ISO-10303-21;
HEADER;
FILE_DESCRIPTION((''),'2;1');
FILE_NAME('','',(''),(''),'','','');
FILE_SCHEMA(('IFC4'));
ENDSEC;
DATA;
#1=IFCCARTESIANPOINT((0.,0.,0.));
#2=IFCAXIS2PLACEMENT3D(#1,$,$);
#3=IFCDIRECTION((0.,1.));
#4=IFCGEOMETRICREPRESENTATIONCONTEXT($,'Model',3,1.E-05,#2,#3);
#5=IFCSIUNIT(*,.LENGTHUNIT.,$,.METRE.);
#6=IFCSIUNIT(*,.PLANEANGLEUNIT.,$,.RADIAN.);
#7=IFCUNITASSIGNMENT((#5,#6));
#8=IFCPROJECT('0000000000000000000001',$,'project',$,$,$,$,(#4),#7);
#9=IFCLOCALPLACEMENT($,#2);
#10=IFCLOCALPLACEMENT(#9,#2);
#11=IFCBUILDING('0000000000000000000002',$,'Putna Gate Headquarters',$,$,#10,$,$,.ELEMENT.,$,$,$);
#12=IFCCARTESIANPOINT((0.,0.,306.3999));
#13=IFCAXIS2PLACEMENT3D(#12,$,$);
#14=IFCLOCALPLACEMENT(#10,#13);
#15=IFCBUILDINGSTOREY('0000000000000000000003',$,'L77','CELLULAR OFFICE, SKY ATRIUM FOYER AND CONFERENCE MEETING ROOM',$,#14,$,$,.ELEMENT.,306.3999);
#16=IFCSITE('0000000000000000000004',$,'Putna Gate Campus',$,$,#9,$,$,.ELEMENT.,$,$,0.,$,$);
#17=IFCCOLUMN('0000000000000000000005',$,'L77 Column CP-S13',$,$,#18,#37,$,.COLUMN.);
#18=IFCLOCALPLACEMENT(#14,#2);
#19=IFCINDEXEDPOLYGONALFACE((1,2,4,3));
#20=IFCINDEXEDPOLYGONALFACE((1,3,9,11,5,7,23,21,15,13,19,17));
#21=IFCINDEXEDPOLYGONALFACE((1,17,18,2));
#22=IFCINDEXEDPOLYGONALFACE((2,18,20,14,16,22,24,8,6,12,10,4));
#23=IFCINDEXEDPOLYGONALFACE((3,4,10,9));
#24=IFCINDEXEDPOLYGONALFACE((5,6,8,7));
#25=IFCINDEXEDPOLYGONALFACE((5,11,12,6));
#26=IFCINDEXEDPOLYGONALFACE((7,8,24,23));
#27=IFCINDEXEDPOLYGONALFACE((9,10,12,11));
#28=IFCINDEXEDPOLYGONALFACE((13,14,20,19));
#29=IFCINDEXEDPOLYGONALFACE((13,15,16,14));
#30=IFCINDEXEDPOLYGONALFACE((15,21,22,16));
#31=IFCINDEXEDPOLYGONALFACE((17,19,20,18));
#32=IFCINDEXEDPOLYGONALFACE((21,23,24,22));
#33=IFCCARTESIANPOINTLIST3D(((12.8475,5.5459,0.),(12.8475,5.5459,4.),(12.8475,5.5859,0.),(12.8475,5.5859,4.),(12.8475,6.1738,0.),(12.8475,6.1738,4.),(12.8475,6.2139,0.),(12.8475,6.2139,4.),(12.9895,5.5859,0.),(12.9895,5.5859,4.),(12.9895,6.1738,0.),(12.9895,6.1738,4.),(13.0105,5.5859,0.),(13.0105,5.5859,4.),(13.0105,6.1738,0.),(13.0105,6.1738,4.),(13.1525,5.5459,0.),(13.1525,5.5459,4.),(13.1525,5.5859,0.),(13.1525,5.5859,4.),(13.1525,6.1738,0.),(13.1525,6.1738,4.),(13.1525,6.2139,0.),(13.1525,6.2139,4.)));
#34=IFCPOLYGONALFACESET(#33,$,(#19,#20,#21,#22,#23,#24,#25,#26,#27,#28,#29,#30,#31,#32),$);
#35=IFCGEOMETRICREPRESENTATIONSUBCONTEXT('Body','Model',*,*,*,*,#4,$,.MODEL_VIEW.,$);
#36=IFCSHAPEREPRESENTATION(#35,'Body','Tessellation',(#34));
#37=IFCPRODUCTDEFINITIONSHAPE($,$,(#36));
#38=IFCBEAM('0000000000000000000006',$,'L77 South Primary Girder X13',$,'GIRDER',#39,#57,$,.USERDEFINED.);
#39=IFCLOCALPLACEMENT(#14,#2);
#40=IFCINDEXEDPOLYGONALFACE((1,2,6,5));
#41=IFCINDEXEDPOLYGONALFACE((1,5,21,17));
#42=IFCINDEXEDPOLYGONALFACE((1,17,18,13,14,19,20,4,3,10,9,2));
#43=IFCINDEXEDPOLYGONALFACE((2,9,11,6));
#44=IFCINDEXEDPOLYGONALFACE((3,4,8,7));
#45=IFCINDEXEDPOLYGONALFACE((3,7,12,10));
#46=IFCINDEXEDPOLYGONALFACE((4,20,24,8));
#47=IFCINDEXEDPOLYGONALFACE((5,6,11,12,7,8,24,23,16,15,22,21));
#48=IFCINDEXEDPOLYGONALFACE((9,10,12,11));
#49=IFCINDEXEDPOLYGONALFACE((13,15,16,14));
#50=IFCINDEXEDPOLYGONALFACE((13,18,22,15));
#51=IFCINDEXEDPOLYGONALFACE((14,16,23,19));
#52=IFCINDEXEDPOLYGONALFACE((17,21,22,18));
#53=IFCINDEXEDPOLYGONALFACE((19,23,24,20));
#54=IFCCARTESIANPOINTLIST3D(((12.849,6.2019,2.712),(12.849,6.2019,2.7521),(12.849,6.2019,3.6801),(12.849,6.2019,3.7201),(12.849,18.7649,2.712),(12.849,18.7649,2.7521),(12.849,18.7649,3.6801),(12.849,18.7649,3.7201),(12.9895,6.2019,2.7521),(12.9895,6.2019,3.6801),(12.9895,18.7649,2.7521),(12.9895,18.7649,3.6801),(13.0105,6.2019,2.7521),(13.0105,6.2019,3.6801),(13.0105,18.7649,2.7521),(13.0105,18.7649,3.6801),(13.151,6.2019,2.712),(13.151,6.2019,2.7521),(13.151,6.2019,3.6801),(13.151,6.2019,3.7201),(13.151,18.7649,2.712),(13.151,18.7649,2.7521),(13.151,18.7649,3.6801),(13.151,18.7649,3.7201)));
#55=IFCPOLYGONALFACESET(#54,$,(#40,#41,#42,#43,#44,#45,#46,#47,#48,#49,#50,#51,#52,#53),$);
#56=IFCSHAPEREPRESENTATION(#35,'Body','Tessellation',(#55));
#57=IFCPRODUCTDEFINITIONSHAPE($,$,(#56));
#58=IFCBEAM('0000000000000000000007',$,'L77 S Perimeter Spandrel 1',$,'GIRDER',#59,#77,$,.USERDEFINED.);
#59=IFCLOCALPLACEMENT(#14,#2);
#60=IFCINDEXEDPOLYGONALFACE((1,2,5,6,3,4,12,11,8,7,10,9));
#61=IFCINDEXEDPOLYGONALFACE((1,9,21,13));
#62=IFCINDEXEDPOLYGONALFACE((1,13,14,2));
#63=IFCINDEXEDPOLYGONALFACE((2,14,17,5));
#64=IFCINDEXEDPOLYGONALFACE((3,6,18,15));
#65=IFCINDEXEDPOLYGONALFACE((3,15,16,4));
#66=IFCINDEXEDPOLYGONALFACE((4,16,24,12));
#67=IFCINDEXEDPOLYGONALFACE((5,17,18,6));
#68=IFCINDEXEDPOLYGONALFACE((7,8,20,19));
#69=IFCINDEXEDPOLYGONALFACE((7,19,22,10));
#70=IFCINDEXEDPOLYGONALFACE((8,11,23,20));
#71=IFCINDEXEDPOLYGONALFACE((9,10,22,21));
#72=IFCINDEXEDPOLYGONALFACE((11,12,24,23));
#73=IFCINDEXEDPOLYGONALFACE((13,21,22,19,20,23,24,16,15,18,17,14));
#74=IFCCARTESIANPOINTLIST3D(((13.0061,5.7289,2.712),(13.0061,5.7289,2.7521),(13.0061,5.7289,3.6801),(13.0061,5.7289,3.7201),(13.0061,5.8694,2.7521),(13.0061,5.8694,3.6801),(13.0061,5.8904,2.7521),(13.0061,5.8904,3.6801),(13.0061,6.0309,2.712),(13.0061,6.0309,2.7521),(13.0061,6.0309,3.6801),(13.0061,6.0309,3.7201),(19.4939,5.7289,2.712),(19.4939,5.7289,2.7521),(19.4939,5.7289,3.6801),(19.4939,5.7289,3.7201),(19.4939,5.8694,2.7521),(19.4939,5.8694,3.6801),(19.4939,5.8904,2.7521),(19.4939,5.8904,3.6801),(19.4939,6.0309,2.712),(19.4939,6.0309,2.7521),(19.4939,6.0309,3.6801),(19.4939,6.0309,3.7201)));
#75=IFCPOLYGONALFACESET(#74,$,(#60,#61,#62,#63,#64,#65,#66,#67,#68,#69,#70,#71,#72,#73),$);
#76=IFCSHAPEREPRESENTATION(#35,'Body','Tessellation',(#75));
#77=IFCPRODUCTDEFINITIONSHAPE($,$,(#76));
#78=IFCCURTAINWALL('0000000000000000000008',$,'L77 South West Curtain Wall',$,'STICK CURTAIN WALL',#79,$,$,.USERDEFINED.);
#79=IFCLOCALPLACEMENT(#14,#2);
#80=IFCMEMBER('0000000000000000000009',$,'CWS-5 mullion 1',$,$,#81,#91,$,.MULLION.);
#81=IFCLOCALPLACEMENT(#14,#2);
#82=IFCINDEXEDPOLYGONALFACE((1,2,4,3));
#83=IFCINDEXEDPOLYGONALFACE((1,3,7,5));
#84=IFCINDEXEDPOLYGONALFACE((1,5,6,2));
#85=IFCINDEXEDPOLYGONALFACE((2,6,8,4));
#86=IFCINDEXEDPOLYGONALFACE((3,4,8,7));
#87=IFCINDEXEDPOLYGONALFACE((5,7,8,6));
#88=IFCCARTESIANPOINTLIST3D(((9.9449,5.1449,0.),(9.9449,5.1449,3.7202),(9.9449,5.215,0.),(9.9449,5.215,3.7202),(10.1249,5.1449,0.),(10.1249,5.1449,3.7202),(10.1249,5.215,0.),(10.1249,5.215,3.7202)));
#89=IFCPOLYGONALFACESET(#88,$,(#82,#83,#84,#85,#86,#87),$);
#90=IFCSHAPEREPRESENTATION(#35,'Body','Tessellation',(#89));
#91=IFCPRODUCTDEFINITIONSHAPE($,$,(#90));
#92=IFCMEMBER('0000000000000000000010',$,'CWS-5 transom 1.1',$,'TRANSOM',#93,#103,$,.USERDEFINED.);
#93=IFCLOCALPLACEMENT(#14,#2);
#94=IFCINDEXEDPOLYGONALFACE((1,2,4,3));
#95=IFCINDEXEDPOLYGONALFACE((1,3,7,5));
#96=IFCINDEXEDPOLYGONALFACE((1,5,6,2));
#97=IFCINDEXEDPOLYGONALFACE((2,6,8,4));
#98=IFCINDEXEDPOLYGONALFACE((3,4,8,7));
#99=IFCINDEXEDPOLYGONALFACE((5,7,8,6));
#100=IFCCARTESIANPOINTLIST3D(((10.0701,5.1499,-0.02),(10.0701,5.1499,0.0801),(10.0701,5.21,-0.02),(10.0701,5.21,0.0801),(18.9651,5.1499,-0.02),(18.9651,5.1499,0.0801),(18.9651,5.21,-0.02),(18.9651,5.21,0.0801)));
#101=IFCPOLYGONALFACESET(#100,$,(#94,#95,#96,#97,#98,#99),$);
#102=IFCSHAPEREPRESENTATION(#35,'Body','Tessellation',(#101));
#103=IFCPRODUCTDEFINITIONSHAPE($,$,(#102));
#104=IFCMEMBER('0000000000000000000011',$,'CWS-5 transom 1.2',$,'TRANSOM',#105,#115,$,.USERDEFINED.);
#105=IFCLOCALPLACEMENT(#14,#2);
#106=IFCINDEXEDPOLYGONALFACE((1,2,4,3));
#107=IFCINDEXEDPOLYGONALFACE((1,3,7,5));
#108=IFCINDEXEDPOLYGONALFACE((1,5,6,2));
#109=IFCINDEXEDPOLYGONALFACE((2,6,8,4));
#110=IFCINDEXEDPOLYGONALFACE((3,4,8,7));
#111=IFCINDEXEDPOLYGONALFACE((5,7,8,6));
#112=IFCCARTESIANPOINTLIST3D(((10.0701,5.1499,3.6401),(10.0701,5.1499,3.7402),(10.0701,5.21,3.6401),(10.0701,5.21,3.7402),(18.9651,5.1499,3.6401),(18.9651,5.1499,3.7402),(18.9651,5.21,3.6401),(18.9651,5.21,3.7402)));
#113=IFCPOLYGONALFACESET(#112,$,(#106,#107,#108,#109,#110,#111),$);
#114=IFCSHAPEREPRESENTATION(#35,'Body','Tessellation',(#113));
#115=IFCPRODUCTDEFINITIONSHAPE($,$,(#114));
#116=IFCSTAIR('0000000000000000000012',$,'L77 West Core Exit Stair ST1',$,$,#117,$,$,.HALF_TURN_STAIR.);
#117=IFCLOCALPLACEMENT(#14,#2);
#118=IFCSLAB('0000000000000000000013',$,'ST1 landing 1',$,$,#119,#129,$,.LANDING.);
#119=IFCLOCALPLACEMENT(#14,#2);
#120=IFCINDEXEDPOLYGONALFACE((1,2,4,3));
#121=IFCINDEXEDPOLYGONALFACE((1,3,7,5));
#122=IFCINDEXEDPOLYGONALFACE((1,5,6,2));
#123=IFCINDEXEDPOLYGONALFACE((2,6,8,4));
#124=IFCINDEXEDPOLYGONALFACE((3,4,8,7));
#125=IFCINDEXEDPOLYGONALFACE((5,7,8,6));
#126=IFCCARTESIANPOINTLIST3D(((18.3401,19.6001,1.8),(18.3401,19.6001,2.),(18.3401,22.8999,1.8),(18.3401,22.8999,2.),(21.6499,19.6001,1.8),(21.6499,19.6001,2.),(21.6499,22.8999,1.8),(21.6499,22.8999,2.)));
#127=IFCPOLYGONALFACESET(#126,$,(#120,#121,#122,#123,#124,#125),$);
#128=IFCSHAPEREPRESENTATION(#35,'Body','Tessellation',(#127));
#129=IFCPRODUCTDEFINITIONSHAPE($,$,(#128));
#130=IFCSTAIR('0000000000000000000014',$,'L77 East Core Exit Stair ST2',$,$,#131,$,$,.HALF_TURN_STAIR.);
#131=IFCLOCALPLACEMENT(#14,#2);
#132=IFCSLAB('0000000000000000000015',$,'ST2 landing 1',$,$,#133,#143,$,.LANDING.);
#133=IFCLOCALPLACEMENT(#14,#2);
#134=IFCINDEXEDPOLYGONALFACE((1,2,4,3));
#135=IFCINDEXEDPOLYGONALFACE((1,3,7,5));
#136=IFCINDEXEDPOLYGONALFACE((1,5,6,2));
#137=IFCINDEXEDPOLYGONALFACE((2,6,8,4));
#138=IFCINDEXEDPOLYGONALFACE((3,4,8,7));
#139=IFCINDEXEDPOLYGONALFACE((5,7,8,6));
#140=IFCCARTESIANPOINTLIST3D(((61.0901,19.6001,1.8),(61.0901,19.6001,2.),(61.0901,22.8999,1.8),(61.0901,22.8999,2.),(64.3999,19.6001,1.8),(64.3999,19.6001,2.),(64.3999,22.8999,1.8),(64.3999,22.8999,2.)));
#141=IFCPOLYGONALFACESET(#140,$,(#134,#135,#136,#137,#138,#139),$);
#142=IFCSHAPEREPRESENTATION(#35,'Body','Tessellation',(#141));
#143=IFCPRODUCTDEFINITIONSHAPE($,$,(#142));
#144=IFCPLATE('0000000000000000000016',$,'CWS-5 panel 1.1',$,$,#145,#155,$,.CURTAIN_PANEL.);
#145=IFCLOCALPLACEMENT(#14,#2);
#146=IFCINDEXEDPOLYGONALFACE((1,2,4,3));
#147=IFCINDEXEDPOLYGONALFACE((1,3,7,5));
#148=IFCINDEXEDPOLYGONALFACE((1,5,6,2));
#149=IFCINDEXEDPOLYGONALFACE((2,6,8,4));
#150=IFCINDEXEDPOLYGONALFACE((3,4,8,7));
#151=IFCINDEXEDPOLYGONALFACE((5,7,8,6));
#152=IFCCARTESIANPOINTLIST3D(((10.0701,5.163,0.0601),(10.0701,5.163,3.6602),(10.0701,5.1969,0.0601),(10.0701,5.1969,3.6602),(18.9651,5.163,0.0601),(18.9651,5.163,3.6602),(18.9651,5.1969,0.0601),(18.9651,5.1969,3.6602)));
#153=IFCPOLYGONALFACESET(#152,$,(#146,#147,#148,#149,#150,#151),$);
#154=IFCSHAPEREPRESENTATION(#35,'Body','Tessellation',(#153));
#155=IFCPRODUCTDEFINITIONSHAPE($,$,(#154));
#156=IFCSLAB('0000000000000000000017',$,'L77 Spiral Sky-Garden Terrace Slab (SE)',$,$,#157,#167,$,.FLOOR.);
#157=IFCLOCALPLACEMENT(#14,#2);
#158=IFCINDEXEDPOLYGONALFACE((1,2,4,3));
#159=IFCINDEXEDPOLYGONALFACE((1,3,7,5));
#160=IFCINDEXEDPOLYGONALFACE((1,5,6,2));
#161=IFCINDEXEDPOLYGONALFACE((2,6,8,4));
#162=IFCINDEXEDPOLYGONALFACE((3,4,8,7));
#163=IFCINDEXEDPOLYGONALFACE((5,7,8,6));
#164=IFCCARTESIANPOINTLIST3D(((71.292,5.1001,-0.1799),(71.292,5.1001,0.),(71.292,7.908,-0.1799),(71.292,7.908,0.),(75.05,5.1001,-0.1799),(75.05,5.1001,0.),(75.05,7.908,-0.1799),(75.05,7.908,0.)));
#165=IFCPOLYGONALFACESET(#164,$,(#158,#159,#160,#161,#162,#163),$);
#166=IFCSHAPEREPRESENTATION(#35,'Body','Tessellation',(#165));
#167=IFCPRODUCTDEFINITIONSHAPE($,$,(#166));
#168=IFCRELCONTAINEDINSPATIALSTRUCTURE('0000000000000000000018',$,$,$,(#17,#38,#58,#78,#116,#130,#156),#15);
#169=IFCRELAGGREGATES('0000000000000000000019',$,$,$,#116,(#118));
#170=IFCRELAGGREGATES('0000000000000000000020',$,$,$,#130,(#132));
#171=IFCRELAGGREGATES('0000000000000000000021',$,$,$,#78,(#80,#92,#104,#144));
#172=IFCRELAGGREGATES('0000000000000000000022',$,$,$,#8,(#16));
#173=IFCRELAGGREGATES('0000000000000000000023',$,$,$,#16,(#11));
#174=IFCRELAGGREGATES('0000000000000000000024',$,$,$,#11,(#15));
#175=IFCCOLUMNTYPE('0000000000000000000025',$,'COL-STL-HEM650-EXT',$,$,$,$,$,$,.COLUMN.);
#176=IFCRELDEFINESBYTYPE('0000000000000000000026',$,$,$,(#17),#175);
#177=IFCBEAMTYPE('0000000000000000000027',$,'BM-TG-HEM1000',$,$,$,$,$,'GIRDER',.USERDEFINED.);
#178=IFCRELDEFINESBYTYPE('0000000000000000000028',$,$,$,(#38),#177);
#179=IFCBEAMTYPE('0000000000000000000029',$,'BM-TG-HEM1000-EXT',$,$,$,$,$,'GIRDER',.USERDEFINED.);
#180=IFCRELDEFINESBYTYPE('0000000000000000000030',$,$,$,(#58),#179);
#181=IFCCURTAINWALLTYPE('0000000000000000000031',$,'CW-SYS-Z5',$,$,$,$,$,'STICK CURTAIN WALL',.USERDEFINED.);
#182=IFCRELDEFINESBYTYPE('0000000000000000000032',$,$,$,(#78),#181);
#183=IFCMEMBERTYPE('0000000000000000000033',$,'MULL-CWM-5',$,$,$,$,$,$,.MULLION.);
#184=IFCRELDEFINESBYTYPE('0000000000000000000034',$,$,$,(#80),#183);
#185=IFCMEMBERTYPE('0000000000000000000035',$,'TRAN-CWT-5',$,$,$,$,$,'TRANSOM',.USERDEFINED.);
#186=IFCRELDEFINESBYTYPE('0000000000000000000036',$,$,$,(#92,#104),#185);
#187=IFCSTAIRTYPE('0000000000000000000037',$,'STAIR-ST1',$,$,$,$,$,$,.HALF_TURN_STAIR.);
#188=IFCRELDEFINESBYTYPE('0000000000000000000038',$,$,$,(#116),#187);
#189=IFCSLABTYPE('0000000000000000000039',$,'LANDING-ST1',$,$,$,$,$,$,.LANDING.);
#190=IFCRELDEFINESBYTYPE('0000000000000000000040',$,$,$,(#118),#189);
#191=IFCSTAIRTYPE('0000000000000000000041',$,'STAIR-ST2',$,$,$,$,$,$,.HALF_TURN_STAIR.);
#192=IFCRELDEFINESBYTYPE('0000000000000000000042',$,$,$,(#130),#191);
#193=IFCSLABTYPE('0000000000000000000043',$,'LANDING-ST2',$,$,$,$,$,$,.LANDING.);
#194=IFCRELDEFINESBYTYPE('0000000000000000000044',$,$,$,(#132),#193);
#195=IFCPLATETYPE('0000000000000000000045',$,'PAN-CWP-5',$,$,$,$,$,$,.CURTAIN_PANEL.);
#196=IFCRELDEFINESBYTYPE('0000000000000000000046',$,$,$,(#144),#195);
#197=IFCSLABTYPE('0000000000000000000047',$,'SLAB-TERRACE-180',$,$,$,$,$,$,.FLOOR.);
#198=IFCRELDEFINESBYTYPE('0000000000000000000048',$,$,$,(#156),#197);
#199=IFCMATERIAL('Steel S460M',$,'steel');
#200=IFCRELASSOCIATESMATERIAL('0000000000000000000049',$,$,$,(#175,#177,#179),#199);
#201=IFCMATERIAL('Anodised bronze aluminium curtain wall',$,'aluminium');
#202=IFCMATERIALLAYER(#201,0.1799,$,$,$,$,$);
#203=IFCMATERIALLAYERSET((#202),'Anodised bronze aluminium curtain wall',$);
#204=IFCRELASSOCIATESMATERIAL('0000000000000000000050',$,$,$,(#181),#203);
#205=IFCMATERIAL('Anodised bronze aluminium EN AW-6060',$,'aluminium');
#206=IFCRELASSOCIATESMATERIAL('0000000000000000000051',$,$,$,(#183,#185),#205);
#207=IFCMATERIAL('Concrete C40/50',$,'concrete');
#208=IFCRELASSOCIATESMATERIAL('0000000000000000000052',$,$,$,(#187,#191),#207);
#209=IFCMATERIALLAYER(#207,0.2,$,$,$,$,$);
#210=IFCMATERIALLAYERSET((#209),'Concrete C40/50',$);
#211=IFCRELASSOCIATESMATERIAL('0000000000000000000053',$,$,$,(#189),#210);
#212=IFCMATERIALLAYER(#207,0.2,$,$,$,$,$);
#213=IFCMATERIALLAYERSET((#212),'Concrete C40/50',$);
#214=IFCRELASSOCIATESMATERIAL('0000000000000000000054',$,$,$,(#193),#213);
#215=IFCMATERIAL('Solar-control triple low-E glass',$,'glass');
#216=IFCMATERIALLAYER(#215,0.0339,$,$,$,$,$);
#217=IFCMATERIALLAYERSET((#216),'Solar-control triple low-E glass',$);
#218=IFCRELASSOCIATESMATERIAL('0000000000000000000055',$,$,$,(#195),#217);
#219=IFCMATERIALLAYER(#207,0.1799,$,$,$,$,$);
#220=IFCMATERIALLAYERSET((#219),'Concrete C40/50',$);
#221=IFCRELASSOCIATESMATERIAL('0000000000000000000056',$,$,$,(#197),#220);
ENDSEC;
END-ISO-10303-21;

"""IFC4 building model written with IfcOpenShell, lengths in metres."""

from ifc_helpers import new_model, si_unit, direction, frame, origin, origin_2d, place, context, subcontext, project, spatial, polyline, rectangle, i_section, outline, extrude, material, layer, layer_set, material_profile, profile_set, type_object, element, aggregate, save


model = new_model("IFC4")

# Units and contexts
model_context = context("Model", 3, precision=1e-05, world=origin(), true_north=direction((0.0, 1.0)))
body_context = subcontext(model_context, "Body", "Model", "MODEL_VIEW")
ifc_project = project(units=[si_unit("LENGTHUNIT", "METRE"), si_unit("PLANEANGLEUNIT", "RADIAN")], contexts=[model_context])

# Site, building, storey
site_placement = place(None, origin())
site = spatial("IfcSite", under=ifc_project, at=site_placement, Name="Putna Gate Campus", CompositionType="ELEMENT", RefElevation=0.0)
building_placement = place(site_placement, origin())
building = spatial("IfcBuilding", under=site, at=building_placement, Name="Putna Gate Headquarters", CompositionType="ELEMENT")
storey_placement = place(building_placement, frame((0.0, 0.0, 306.3999)))
storey = spatial("IfcBuildingStorey", under=building, at=storey_placement, Name="L77", Description="CELLULAR OFFICE, SKY ATRIUM FOYER AND CONFERENCE MEETING ROOM", CompositionType="ELEMENT", Elevation=306.3999)

# Column
ifc_material_1 = material(Name="Steel S460M", Category="steel")
ifc_material_profile_1 = material_profile(ifc_material_1, i_section(OverallWidth=0.3049, OverallDepth=0.668, WebThickness=0.021, FlangeThickness=0.04, at=origin_2d()), Name="Steel S460M")
ifc_profile_set_1 = profile_set([ifc_material_profile_1], Name="Steel S460M")
column_type = type_object("IfcColumnType", Name="COL-STL-HEM650-EXT", PredefinedType="COLUMN", material=ifc_profile_set_1)
column_placement = place(storey_placement, frame((13.0, 5.8799, 0.0), z_axis=(0.0, 0.0, 1.0), x_axis=(1.0, 0.0, 0.0)))
element("IfcColumn", 1, at=column_placement, inside=storey, type_object=column_type, Name="L77 Column CP-S13", PredefinedType="COLUMN", context=body_context, shape_type="SweptSolid", body=[
    extrude(i_section(OverallWidth=0.3049, OverallDepth=0.668, WebThickness=0.021, FlangeThickness=0.04, at=origin_2d()), origin(), (0.0, 0.0, 1.0), 4.0),
])

# Beams
ifc_material_profile_2 = material_profile(ifc_material_1, i_section(OverallWidth=0.302, OverallDepth=1.0081, WebThickness=0.021, FlangeThickness=0.04, at=origin_2d()), Name="Steel S460M")
ifc_profile_set_2 = profile_set([ifc_material_profile_2], Name="Steel S460M")
beam_type_1 = type_object("IfcBeamType", Name="BM-TG-HEM1000", ElementType="GIRDER", PredefinedType="USERDEFINED", material=ifc_profile_set_2)
beam_1_placement = place(storey_placement, frame((13.0, 6.2019, 3.2161), z_axis=(0.0, 1.0, 0.0), x_axis=(-1.0, 0.0, 0.0)))
element("IfcBeam", 2, at=beam_1_placement, inside=storey, type_object=beam_type_1, Name="L77 South Primary Girder X13", ObjectType="GIRDER", PredefinedType="USERDEFINED", context=body_context, shape_type="SweptSolid", body=[
    extrude(i_section(OverallWidth=0.302, OverallDepth=1.0081, WebThickness=0.021, FlangeThickness=0.04, at=origin_2d()), origin(), (0.0, 0.0, 1.0), 12.563),
])
ifc_material_profile_3 = material_profile(ifc_material_1, i_section(OverallWidth=0.302, OverallDepth=1.0081, WebThickness=0.021, FlangeThickness=0.04, at=origin_2d()), Name="Steel S460M")
ifc_profile_set_3 = profile_set([ifc_material_profile_3], Name="Steel S460M")
beam_type_2 = type_object("IfcBeamType", Name="BM-TG-HEM1000-EXT", ElementType="GIRDER", PredefinedType="USERDEFINED", material=ifc_profile_set_3)
beam_2_placement = place(storey_placement, frame((13.0061, 5.8799, 3.2161), z_axis=(1.0, 0.0, 0.0), x_axis=(0.0, 1.0, 0.0)))
element("IfcBeam", 3, at=beam_2_placement, inside=storey, type_object=beam_type_2, Name="L77 S Perimeter Spandrel 1", ObjectType="GIRDER", PredefinedType="USERDEFINED", context=body_context, shape_type="SweptSolid", body=[
    extrude(i_section(OverallWidth=0.302, OverallDepth=1.0081, WebThickness=0.021, FlangeThickness=0.04, at=origin_2d()), origin(), (0.0, 0.0, 1.0), 6.4878),
])

# Curtain wall, members
ifc_material_2 = material(Name="Anodised bronze aluminium curtain wall", Category="aluminium")
ifc_layer_1 = layer(ifc_material_2, 0.1799)
ifc_layer_set_1 = layer_set([ifc_layer_1], Name="Anodised bronze aluminium curtain wall")
curtain_wall_type = type_object("IfcCurtainWallType", Name="CW-SYS-Z5", ElementType="STICK CURTAIN WALL", PredefinedType="USERDEFINED", material=ifc_layer_set_1)
curtain_wall_placement = place(storey_placement, origin())
curtain_wall = element("IfcCurtainWall", 4, at=curtain_wall_placement, inside=storey, type_object=curtain_wall_type, Name="L77 South West Curtain Wall", ObjectType="STICK CURTAIN WALL", PredefinedType="USERDEFINED")
ifc_material_3 = material(Name="Anodised bronze aluminium EN AW-6060", Category="aluminium")
ifc_material_profile_4 = material_profile(ifc_material_3, rectangle(XDim=0.0701, YDim=0.1799, at=origin_2d()), Name="Anodised bronze aluminium EN AW-6060")
ifc_profile_set_4 = profile_set([ifc_material_profile_4], Name="Anodised bronze aluminium EN AW-6060")
member_type_1 = type_object("IfcMemberType", Name="MULL-CWM-5", PredefinedType="MULLION", material=ifc_profile_set_4)
member_1_placement = place(storey_placement, frame((10.0349, 5.1799, 0.0), z_axis=(0.0, 0.0, 1.0), x_axis=(0.0, 1.0, 0.0)))
member_1 = element("IfcMember", 5, at=member_1_placement, type_object=member_type_1, Name="CWS-5 mullion 1", PredefinedType="MULLION", context=body_context, shape_type="SweptSolid", body=[
    extrude(rectangle(XDim=0.0701, YDim=0.1799, at=origin_2d()), origin(), (0.0, 0.0, 1.0), 3.7202),
])
ifc_material_profile_5 = material_profile(ifc_material_3, rectangle(XDim=0.0601, YDim=0.1001, at=origin_2d()), Name="Anodised bronze aluminium EN AW-6060")
ifc_profile_set_5 = profile_set([ifc_material_profile_5], Name="Anodised bronze aluminium EN AW-6060")
member_type_2 = type_object("IfcMemberType", Name="TRAN-CWT-5", ElementType="TRANSOM", PredefinedType="USERDEFINED", material=ifc_profile_set_5)
member_2_placement = place(storey_placement, frame((10.0701, 5.1799, 0.03), z_axis=(1.0, 0.0, 0.0), x_axis=(0.0, 1.0, 0.0)))
member_2 = element("IfcMember", 6, at=member_2_placement, type_object=member_type_2, Name="CWS-5 transom 1.1", ObjectType="TRANSOM", PredefinedType="USERDEFINED", context=body_context, shape_type="SweptSolid", body=[
    extrude(rectangle(XDim=0.0601, YDim=0.1001, at=origin_2d()), origin(), (0.0, 0.0, 1.0), 8.895),
])
member_3_placement = place(storey_placement, frame((10.0701, 5.1799, 3.6902), z_axis=(1.0, 0.0, 0.0), x_axis=(0.0, 1.0, 0.0)))
member_3 = element("IfcMember", 7, at=member_3_placement, type_object=member_type_2, Name="CWS-5 transom 1.2", ObjectType="TRANSOM", PredefinedType="USERDEFINED", context=body_context, shape_type="SweptSolid", body=[
    extrude(rectangle(XDim=0.0601, YDim=0.1001, at=origin_2d()), origin(), (0.0, 0.0, 1.0), 8.895),
])

# Stairs, slabs
ifc_material_4 = material(Name="Concrete C40/50", Category="concrete")
stair_type_1 = type_object("IfcStairType", Name="STAIR-ST1", PredefinedType="HALF_TURN_STAIR", material=ifc_material_4)
stair_1_placement = place(storey_placement, origin())
stair_1 = element("IfcStair", 8, at=stair_1_placement, inside=storey, type_object=stair_type_1, Name="L77 West Core Exit Stair ST1", PredefinedType="HALF_TURN_STAIR")
ifc_layer_2 = layer(ifc_material_4, 0.2)
ifc_layer_set_2 = layer_set([ifc_layer_2], Name="Concrete C40/50")
slab_type_1 = type_object("IfcSlabType", Name="LANDING-ST1", PredefinedType="LANDING", material=ifc_layer_set_2)
slab_1_placement = place(storey_placement, frame((0.0, 0.0, 1.8)))
slab_1 = element("IfcSlab", 9, at=slab_1_placement, type_object=slab_type_1, Name="ST1 landing 1", PredefinedType="LANDING", context=body_context, shape_type="SweptSolid", body=[
    extrude(outline(polyline([(18.3401, 19.6001), (21.6499, 19.6001), (21.6499, 22.8999), (18.3401, 22.8999), (18.3401, 19.6001)])), origin(), (0.0, 0.0, 1.0), 0.2),
])
aggregate(stair_1, [slab_1])
stair_type_2 = type_object("IfcStairType", Name="STAIR-ST2", PredefinedType="HALF_TURN_STAIR", material=ifc_material_4)
stair_2_placement = place(storey_placement, origin())
stair_2 = element("IfcStair", 10, at=stair_2_placement, inside=storey, type_object=stair_type_2, Name="L77 East Core Exit Stair ST2", PredefinedType="HALF_TURN_STAIR")
ifc_layer_3 = layer(ifc_material_4, 0.2)
ifc_layer_set_3 = layer_set([ifc_layer_3], Name="Concrete C40/50")
slab_type_2 = type_object("IfcSlabType", Name="LANDING-ST2", PredefinedType="LANDING", material=ifc_layer_set_3)
slab_2_placement = place(storey_placement, frame((0.0, 0.0, 1.8)))
slab_2 = element("IfcSlab", 11, at=slab_2_placement, type_object=slab_type_2, Name="ST2 landing 1", PredefinedType="LANDING", context=body_context, shape_type="SweptSolid", body=[
    extrude(outline(polyline([(61.0901, 19.6001), (64.3999, 19.6001), (64.3999, 22.8999), (61.0901, 22.8999), (61.0901, 19.6001)])), origin(), (0.0, 0.0, 1.0), 0.2),
])
aggregate(stair_2, [slab_2])

# Plate
ifc_material_5 = material(Name="Solar-control triple low-E glass", Category="glass")
ifc_layer_4 = layer(ifc_material_5, 0.0339)
ifc_layer_set_4 = layer_set([ifc_layer_4], Name="Solar-control triple low-E glass")
plate_type = type_object("IfcPlateType", Name="PAN-CWP-5", PredefinedType="CURTAIN_PANEL", material=ifc_layer_set_4)
plate_placement = place(storey_placement, frame((14.5176, 5.1799, 0.0601), z_axis=(0.0, 0.0, 1.0), x_axis=(1.0, 0.0, 0.0)))
plate = element("IfcPlate", 12, at=plate_placement, type_object=plate_type, Name="CWS-5 panel 1.1", PredefinedType="CURTAIN_PANEL", context=body_context, shape_type="SweptSolid", body=[
    extrude(rectangle(XDim=8.895, YDim=0.0339, at=origin_2d()), origin(), (0.0, 0.0, 1.0), 3.6001),
])
aggregate(curtain_wall, [member_1, member_2, member_3, plate])

# Slab
ifc_layer_5 = layer(ifc_material_4, 0.1799)
ifc_layer_set_5 = layer_set([ifc_layer_5], Name="Concrete C40/50")
slab_type_3 = type_object("IfcSlabType", Name="SLAB-TERRACE-180", PredefinedType="FLOOR", material=ifc_layer_set_5)
slab_3_placement = place(storey_placement, frame((0.0, 0.0, -0.1799)))
element("IfcSlab", 13, at=slab_3_placement, inside=storey, type_object=slab_type_3, Name="L77 Spiral Sky-Garden Terrace Slab (SE)", PredefinedType="FLOOR", context=body_context, shape_type="SweptSolid", body=[
    extrude(outline(polyline([(71.292, 5.1001), (75.05, 5.1001), (75.05, 7.908), (71.292, 7.908), (71.292, 5.1001)])), origin(), (0.0, 0.0, 1.0), 0.1799),
])

save(model, "model.ifc")
